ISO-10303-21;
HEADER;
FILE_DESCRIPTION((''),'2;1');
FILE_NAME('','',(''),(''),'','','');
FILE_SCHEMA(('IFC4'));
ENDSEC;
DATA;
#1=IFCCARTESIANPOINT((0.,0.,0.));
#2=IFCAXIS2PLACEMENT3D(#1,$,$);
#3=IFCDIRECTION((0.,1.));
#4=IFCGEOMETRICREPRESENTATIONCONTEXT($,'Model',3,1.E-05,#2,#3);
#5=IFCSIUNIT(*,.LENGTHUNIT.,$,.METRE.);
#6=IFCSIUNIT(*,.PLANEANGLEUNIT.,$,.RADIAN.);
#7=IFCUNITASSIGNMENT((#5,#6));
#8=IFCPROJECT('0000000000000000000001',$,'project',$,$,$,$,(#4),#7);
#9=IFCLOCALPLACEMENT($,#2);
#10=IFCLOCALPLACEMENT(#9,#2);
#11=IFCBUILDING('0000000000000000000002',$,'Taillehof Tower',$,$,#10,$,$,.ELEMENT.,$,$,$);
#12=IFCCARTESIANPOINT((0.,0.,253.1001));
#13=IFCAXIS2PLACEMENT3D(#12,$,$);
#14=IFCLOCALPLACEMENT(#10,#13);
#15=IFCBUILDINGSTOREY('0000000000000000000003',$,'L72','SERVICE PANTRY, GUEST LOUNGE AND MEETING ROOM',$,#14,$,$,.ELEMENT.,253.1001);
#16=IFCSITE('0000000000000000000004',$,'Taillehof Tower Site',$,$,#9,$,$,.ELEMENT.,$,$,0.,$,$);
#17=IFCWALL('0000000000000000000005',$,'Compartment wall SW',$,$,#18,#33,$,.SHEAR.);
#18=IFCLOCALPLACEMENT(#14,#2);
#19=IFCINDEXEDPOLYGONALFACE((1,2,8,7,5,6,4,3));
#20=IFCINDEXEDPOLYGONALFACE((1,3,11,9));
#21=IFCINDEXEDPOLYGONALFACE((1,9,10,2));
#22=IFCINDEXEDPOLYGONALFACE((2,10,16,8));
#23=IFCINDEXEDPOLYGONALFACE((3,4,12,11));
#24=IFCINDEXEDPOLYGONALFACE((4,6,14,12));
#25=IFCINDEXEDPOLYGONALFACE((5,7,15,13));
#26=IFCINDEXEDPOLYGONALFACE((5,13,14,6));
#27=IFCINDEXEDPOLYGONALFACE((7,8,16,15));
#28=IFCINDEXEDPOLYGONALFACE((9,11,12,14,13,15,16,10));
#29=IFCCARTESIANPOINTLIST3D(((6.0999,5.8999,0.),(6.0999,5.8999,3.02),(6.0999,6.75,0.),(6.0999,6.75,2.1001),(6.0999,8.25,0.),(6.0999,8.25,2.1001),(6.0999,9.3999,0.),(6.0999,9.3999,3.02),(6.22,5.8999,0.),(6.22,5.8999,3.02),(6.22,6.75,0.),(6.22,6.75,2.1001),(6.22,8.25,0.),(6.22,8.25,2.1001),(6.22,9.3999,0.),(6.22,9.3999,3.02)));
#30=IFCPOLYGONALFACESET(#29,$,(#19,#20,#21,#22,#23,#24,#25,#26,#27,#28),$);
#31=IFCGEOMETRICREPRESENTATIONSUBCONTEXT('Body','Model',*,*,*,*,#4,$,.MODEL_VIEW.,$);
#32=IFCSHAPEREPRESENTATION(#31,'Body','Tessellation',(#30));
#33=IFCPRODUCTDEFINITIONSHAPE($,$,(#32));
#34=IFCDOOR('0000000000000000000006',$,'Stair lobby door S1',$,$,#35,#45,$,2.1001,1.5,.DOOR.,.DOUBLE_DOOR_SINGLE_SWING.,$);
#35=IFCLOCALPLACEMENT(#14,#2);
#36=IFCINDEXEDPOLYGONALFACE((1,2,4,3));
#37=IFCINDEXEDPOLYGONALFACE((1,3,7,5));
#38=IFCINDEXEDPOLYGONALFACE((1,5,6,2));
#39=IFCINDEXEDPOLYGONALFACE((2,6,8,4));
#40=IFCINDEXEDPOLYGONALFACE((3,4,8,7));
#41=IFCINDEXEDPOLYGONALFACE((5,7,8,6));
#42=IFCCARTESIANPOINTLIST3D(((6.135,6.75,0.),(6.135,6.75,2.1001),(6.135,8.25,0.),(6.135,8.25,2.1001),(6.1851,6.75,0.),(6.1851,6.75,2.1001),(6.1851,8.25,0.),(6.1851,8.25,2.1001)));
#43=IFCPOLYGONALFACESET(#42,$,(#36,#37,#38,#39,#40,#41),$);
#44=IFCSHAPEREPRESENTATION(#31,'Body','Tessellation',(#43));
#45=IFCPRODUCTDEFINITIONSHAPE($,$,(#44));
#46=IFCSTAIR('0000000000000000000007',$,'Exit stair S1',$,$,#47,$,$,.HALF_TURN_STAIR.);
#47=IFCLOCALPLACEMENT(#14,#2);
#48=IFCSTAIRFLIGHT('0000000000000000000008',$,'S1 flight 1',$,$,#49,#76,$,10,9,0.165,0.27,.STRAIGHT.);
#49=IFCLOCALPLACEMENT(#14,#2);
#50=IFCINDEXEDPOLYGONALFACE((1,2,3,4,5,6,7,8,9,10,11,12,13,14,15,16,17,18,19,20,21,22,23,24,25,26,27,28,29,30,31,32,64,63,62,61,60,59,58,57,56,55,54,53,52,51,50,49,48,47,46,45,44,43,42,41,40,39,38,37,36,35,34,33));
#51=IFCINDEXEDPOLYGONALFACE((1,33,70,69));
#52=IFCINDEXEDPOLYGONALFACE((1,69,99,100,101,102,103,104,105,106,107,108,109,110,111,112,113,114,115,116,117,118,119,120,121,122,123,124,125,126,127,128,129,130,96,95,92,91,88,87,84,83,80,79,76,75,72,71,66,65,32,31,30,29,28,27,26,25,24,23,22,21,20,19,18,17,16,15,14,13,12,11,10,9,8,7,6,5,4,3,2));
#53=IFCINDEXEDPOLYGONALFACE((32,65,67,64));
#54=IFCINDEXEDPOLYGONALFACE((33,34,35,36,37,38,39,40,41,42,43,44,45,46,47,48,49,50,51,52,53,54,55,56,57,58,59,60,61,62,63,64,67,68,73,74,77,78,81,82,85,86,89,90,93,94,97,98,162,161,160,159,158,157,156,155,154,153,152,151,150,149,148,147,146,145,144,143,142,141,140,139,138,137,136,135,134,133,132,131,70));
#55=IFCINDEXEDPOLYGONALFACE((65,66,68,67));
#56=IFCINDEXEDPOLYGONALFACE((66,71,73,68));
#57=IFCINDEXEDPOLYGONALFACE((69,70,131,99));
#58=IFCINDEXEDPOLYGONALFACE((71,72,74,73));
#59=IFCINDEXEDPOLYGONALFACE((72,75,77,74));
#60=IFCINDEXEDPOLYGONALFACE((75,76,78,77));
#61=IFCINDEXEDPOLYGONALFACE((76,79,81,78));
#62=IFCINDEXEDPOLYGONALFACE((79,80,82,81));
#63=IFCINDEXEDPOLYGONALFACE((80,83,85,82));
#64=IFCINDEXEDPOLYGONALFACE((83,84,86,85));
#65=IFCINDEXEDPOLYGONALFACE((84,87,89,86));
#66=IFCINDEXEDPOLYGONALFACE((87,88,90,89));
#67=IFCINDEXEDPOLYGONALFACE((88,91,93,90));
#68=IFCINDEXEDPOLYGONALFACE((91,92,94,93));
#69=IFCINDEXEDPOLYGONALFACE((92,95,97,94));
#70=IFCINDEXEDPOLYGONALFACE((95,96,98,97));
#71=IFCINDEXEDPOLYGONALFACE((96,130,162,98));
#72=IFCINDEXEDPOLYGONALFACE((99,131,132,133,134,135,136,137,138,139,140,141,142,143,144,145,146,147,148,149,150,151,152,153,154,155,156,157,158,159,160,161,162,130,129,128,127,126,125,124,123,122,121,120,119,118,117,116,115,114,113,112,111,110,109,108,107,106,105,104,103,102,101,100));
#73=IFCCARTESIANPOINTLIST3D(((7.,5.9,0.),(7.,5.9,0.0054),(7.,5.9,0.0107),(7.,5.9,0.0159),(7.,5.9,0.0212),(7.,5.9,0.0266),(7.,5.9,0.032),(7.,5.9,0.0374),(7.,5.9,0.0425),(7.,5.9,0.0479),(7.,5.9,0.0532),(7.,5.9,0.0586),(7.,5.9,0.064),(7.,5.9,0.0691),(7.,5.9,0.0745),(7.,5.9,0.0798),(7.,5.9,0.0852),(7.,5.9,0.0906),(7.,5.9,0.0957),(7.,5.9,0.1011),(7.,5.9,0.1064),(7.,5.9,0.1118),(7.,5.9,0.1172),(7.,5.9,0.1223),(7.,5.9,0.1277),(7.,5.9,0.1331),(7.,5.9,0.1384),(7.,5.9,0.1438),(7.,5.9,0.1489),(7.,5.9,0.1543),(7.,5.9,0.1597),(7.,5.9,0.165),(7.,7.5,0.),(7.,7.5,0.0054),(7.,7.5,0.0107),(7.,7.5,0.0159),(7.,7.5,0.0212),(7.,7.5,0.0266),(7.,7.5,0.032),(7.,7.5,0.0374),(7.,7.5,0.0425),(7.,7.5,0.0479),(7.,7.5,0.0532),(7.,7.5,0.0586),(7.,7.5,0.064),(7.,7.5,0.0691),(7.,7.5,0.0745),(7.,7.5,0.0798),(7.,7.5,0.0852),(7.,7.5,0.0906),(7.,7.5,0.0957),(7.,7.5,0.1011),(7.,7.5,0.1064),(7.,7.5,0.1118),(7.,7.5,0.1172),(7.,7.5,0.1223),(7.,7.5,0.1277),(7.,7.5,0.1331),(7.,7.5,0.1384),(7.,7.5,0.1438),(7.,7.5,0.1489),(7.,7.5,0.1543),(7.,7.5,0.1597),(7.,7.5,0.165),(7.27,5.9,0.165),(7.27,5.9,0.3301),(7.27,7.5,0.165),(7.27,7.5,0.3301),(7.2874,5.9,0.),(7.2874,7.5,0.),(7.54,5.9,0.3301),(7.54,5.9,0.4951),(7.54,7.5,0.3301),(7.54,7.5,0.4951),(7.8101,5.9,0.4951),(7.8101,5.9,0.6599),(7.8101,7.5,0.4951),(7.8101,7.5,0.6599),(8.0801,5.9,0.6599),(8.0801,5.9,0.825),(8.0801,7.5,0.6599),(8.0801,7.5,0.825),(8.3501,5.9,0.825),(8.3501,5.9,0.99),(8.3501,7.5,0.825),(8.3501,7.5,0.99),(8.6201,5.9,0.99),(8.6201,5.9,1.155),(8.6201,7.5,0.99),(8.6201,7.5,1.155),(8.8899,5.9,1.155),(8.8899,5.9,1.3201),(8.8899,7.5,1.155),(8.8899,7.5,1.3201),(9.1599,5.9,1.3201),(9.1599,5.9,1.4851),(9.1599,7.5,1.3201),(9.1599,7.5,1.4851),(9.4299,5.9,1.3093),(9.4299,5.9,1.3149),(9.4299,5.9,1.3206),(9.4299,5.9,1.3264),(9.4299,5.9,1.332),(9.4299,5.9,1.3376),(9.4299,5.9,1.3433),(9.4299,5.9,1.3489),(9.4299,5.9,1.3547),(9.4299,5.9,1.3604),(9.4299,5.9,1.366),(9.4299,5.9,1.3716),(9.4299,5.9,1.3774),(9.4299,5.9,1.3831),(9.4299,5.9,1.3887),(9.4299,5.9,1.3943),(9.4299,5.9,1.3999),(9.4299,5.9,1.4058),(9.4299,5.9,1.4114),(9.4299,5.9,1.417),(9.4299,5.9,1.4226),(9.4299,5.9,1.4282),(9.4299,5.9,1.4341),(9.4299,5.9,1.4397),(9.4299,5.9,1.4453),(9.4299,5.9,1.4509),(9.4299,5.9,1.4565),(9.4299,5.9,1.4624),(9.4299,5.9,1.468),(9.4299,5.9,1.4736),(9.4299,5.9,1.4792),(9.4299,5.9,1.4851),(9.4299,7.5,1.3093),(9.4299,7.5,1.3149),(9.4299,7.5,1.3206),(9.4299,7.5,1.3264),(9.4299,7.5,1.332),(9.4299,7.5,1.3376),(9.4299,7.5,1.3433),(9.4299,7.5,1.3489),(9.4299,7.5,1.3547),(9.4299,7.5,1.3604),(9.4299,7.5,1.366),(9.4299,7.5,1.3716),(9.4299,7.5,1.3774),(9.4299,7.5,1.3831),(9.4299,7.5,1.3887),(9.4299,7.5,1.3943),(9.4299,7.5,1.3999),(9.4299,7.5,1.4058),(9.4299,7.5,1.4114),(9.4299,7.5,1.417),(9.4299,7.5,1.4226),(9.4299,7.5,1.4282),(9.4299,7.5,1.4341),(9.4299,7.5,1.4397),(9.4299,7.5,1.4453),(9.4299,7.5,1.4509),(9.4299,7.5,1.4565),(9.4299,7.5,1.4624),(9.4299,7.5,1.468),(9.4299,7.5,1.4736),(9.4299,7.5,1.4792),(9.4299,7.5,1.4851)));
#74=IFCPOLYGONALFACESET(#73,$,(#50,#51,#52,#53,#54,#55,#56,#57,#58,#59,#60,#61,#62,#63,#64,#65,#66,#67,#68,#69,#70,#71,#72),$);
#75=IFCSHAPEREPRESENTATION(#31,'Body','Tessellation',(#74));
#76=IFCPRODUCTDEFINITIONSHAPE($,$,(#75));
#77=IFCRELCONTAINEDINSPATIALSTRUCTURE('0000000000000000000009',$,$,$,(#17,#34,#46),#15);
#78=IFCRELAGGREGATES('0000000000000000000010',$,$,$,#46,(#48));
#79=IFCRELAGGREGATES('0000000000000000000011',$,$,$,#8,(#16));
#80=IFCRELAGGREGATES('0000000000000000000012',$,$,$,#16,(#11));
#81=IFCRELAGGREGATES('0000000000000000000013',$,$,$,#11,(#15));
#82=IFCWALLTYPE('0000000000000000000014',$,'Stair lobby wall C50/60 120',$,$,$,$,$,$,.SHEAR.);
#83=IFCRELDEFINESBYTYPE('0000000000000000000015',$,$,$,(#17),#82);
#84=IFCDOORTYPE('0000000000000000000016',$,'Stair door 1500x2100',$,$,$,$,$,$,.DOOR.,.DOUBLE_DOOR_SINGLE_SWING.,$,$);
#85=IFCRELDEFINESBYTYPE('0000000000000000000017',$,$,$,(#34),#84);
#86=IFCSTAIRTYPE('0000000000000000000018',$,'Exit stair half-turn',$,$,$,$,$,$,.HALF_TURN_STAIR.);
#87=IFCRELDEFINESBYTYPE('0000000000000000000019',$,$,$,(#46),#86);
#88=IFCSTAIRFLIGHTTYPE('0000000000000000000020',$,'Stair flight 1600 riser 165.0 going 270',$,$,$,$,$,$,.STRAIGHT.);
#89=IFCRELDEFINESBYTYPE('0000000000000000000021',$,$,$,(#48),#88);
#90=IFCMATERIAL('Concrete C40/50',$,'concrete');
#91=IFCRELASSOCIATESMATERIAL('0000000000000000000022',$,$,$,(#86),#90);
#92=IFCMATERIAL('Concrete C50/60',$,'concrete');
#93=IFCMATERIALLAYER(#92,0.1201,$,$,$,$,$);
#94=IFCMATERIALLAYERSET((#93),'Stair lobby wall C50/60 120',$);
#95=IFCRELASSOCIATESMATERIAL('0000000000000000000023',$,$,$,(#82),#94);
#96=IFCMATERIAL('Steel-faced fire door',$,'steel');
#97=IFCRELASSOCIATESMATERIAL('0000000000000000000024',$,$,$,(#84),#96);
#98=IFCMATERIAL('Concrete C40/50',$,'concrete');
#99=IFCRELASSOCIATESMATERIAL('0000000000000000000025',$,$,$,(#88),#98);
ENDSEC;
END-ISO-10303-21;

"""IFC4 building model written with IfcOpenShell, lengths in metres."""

from ifc_helpers import new_model, si_unit, direction, frame, frame_2d, origin, place, context, subcontext, project, spatial, polyline, rectangle, outline, extrude, material, layer, layer_set, type_object, element, fill, aggregate, save


model = new_model("IFC4")

# Units and contexts
model_context = context("Model", 3, precision=1e-05, world=origin(), true_north=direction((0.0, 1.0)))
body_context = subcontext(model_context, "Body", "Model", "MODEL_VIEW")
ifc_project = project(units=[si_unit("LENGTHUNIT", "METRE"), si_unit("PLANEANGLEUNIT", "RADIAN")], contexts=[model_context])

# Site, building, storey
site_placement = place(None, origin())
site = spatial("IfcSite", under=ifc_project, at=site_placement, Name="Taillehof Tower Site", CompositionType="ELEMENT", RefElevation=0.0)
building_placement = place(site_placement, origin())
building = spatial("IfcBuilding", under=site, at=building_placement, Name="Taillehof Tower", CompositionType="ELEMENT")
storey_placement = place(building_placement, frame((0.0, 0.0, 253.1001)))
storey = spatial("IfcBuildingStorey", under=building, at=storey_placement, Name="L72", Description="SERVICE PANTRY, GUEST LOUNGE AND MEETING ROOM", CompositionType="ELEMENT", Elevation=253.1001)

# Shared definitions
ifc_material_1 = material(Name="Concrete C40/50", Category="concrete")
stair_type = type_object("IfcStairType", Name="Exit stair half-turn", PredefinedType="HALF_TURN_STAIR", material=ifc_material_1)

# Wall, opening, door
ifc_material_2 = material(Name="Concrete C50/60", Category="concrete")
ifc_layer_1 = layer(ifc_material_2, 0.1201)
ifc_layer_set_1 = layer_set([ifc_layer_1], Name="Stair lobby wall C50/60 120")
wall_type_1 = type_object("IfcWallType", Name="Stair lobby wall C50/60 120", PredefinedType="SHEAR", material=ifc_layer_set_1)
wall_1_placement = place(storey_placement, frame((6.1599, 5.8999, 0.0), z_axis=(0.0, 0.0, 1.0), x_axis=(0.0, 1.0, 0.0)))
wall_1 = element("IfcWall", 1, at=wall_1_placement, inside=storey, type_object=wall_type_1, Name="Compartment wall SW", PredefinedType="SHEAR", context=body_context, shape_type="SweptSolid", body=[
    extrude(rectangle(XDim=3.5, YDim=0.1201, at=frame_2d((1.75, 0.0))), origin(), (0.0, 0.0, 1.0), 3.02),
])
opening_1_placement = place(wall_1_placement, frame((0.8501, 0.0, 0.0)))
opening_1 = element("IfcOpeningElement", 2, at=opening_1_placement, cuts=wall_1, PredefinedType="OPENING", context=body_context, shape_type="SweptSolid", body=[
    extrude(rectangle(XDim=1.5, YDim=2.1001, at=frame_2d((0.75, 1.05))), frame((0.0, 0.0701, 0.0), z_axis=(0.0, -1.0, 0.0), x_axis=(1.0, 0.0, 0.0)), (0.0, 0.0, 1.0), 0.1401),
])
ifc_material_3 = material(Name="Steel-faced fire door", Category="steel")
door_type_1 = type_object("IfcDoorType", Name="Stair door 1500x2100", OperationType="DOUBLE_DOOR_SINGLE_SWING", PredefinedType="DOOR", material=ifc_material_3)
door_1_placement = place(opening_1_placement, origin())
door_1 = element("IfcDoor", 3, at=door_1_placement, inside=storey, type_object=door_type_1, Name="Stair lobby door S1", OperationType="DOUBLE_DOOR_SINGLE_SWING", OverallHeight=2.1001, OverallWidth=1.5, PredefinedType="DOOR", context=body_context, shape_type="SweptSolid", body=[
    extrude(rectangle(XDim=1.5, YDim=2.1001, at=frame_2d((0.75, 1.05))), frame((0.0, 0.0249, 0.0), z_axis=(0.0, -1.0, 0.0), x_axis=(1.0, 0.0, 0.0)), (0.0, 0.0, 1.0), 0.05),
])
fill(opening_1, door_1)

# Stair, stair flight
stair_1_placement = place(storey_placement, origin())
stair_1 = element("IfcStair", 4, at=stair_1_placement, inside=storey, type_object=stair_type, Name="Exit stair S1", PredefinedType="HALF_TURN_STAIR")
ifc_material_4 = material(Name="Concrete C40/50", Category="concrete")
stair_flight_type = type_object("IfcStairFlightType", Name="Stair flight 1600 riser 165.0 going 270", PredefinedType="STRAIGHT", material=ifc_material_4)
stair_flight_placement = place(storey_placement, frame((7.0, 6.7, 0.0), z_axis=(0.0, 0.0, 1.0), x_axis=(1.0, 0.0, 0.0)))
stair_flight = element("IfcStairFlight", 5, at=stair_flight_placement, type_object=stair_flight_type, Name="S1 flight 1", NumberOfRisers=10, NumberOfTreads=9, PredefinedType="STRAIGHT", RiserHeight=0.165, TreadLength=0.27, context=body_context, shape_type="SweptSolid", body=[
    extrude(outline(polyline([(0.0, 0.0), (0.0, 0.0054), (0.0, 0.0107), (0.0, 0.0159), (0.0, 0.0212), (0.0, 0.0266), (0.0, 0.032), (0.0, 0.0374), (0.0, 0.0425), (0.0, 0.0479), (0.0, 0.0532), (0.0, 0.0586), (0.0, 0.064), (0.0, 0.0691), (0.0, 0.0745), (0.0, 0.0798), (0.0, 0.0852), (0.0, 0.0906), (0.0, 0.0957), (0.0, 0.1011), (0.0, 0.1064), (0.0, 0.1118), (0.0, 0.1172), (0.0, 0.1223), (0.0, 0.1277), (0.0, 0.1331), (0.0, 0.1384), (0.0, 0.1438), (0.0, 0.1489), (0.0, 0.1543), (0.0, 0.1597), (0.0, 0.165), (0.27, 0.165), (0.27, 0.3301), (0.54, 0.3301), (0.54, 0.4951), (0.8101, 0.4951), (0.8101, 0.6599), (1.0801, 0.6599), (1.0801, 0.825), (1.3501, 0.825), (1.3501, 0.99), (1.6201, 0.99), (1.6201, 1.155), (1.8899, 1.155), (1.8899, 1.3201), (2.1599, 1.3201), (2.1599, 1.4851), (2.4299, 1.4851), (2.4299, 1.4792), (2.4299, 1.4736), (2.4299, 1.468), (2.4299, 1.4624), (2.4299, 1.4565), (2.4299, 1.4509), (2.4299, 1.4453), (2.4299, 1.4397), (2.4299, 1.4341), (2.4299, 1.4282), (2.4299, 1.4226), (2.4299, 1.417), (2.4299, 1.4114), (2.4299, 1.4058), (2.4299, 1.3999), (2.4299, 1.3943), (2.4299, 1.3887), (2.4299, 1.3831), (2.4299, 1.3774), (2.4299, 1.3716), (2.4299, 1.366), (2.4299, 1.3604), (2.4299, 1.3547), (2.4299, 1.3489), (2.4299, 1.3433), (2.4299, 1.3376), (2.4299, 1.332), (2.4299, 1.3264), (2.4299, 1.3206), (2.4299, 1.3149), (2.4299, 1.3093), (0.2874, 0.0), (0.0, 0.0)])), frame((0.0, 0.8, 0.0), z_axis=(0.0, -1.0, 0.0), x_axis=(1.0, 0.0, 0.0)), (0.0, 0.0, 1.0), 1.6),
])
aggregate(stair_1, [stair_flight])

save(model, "model.ifc")
